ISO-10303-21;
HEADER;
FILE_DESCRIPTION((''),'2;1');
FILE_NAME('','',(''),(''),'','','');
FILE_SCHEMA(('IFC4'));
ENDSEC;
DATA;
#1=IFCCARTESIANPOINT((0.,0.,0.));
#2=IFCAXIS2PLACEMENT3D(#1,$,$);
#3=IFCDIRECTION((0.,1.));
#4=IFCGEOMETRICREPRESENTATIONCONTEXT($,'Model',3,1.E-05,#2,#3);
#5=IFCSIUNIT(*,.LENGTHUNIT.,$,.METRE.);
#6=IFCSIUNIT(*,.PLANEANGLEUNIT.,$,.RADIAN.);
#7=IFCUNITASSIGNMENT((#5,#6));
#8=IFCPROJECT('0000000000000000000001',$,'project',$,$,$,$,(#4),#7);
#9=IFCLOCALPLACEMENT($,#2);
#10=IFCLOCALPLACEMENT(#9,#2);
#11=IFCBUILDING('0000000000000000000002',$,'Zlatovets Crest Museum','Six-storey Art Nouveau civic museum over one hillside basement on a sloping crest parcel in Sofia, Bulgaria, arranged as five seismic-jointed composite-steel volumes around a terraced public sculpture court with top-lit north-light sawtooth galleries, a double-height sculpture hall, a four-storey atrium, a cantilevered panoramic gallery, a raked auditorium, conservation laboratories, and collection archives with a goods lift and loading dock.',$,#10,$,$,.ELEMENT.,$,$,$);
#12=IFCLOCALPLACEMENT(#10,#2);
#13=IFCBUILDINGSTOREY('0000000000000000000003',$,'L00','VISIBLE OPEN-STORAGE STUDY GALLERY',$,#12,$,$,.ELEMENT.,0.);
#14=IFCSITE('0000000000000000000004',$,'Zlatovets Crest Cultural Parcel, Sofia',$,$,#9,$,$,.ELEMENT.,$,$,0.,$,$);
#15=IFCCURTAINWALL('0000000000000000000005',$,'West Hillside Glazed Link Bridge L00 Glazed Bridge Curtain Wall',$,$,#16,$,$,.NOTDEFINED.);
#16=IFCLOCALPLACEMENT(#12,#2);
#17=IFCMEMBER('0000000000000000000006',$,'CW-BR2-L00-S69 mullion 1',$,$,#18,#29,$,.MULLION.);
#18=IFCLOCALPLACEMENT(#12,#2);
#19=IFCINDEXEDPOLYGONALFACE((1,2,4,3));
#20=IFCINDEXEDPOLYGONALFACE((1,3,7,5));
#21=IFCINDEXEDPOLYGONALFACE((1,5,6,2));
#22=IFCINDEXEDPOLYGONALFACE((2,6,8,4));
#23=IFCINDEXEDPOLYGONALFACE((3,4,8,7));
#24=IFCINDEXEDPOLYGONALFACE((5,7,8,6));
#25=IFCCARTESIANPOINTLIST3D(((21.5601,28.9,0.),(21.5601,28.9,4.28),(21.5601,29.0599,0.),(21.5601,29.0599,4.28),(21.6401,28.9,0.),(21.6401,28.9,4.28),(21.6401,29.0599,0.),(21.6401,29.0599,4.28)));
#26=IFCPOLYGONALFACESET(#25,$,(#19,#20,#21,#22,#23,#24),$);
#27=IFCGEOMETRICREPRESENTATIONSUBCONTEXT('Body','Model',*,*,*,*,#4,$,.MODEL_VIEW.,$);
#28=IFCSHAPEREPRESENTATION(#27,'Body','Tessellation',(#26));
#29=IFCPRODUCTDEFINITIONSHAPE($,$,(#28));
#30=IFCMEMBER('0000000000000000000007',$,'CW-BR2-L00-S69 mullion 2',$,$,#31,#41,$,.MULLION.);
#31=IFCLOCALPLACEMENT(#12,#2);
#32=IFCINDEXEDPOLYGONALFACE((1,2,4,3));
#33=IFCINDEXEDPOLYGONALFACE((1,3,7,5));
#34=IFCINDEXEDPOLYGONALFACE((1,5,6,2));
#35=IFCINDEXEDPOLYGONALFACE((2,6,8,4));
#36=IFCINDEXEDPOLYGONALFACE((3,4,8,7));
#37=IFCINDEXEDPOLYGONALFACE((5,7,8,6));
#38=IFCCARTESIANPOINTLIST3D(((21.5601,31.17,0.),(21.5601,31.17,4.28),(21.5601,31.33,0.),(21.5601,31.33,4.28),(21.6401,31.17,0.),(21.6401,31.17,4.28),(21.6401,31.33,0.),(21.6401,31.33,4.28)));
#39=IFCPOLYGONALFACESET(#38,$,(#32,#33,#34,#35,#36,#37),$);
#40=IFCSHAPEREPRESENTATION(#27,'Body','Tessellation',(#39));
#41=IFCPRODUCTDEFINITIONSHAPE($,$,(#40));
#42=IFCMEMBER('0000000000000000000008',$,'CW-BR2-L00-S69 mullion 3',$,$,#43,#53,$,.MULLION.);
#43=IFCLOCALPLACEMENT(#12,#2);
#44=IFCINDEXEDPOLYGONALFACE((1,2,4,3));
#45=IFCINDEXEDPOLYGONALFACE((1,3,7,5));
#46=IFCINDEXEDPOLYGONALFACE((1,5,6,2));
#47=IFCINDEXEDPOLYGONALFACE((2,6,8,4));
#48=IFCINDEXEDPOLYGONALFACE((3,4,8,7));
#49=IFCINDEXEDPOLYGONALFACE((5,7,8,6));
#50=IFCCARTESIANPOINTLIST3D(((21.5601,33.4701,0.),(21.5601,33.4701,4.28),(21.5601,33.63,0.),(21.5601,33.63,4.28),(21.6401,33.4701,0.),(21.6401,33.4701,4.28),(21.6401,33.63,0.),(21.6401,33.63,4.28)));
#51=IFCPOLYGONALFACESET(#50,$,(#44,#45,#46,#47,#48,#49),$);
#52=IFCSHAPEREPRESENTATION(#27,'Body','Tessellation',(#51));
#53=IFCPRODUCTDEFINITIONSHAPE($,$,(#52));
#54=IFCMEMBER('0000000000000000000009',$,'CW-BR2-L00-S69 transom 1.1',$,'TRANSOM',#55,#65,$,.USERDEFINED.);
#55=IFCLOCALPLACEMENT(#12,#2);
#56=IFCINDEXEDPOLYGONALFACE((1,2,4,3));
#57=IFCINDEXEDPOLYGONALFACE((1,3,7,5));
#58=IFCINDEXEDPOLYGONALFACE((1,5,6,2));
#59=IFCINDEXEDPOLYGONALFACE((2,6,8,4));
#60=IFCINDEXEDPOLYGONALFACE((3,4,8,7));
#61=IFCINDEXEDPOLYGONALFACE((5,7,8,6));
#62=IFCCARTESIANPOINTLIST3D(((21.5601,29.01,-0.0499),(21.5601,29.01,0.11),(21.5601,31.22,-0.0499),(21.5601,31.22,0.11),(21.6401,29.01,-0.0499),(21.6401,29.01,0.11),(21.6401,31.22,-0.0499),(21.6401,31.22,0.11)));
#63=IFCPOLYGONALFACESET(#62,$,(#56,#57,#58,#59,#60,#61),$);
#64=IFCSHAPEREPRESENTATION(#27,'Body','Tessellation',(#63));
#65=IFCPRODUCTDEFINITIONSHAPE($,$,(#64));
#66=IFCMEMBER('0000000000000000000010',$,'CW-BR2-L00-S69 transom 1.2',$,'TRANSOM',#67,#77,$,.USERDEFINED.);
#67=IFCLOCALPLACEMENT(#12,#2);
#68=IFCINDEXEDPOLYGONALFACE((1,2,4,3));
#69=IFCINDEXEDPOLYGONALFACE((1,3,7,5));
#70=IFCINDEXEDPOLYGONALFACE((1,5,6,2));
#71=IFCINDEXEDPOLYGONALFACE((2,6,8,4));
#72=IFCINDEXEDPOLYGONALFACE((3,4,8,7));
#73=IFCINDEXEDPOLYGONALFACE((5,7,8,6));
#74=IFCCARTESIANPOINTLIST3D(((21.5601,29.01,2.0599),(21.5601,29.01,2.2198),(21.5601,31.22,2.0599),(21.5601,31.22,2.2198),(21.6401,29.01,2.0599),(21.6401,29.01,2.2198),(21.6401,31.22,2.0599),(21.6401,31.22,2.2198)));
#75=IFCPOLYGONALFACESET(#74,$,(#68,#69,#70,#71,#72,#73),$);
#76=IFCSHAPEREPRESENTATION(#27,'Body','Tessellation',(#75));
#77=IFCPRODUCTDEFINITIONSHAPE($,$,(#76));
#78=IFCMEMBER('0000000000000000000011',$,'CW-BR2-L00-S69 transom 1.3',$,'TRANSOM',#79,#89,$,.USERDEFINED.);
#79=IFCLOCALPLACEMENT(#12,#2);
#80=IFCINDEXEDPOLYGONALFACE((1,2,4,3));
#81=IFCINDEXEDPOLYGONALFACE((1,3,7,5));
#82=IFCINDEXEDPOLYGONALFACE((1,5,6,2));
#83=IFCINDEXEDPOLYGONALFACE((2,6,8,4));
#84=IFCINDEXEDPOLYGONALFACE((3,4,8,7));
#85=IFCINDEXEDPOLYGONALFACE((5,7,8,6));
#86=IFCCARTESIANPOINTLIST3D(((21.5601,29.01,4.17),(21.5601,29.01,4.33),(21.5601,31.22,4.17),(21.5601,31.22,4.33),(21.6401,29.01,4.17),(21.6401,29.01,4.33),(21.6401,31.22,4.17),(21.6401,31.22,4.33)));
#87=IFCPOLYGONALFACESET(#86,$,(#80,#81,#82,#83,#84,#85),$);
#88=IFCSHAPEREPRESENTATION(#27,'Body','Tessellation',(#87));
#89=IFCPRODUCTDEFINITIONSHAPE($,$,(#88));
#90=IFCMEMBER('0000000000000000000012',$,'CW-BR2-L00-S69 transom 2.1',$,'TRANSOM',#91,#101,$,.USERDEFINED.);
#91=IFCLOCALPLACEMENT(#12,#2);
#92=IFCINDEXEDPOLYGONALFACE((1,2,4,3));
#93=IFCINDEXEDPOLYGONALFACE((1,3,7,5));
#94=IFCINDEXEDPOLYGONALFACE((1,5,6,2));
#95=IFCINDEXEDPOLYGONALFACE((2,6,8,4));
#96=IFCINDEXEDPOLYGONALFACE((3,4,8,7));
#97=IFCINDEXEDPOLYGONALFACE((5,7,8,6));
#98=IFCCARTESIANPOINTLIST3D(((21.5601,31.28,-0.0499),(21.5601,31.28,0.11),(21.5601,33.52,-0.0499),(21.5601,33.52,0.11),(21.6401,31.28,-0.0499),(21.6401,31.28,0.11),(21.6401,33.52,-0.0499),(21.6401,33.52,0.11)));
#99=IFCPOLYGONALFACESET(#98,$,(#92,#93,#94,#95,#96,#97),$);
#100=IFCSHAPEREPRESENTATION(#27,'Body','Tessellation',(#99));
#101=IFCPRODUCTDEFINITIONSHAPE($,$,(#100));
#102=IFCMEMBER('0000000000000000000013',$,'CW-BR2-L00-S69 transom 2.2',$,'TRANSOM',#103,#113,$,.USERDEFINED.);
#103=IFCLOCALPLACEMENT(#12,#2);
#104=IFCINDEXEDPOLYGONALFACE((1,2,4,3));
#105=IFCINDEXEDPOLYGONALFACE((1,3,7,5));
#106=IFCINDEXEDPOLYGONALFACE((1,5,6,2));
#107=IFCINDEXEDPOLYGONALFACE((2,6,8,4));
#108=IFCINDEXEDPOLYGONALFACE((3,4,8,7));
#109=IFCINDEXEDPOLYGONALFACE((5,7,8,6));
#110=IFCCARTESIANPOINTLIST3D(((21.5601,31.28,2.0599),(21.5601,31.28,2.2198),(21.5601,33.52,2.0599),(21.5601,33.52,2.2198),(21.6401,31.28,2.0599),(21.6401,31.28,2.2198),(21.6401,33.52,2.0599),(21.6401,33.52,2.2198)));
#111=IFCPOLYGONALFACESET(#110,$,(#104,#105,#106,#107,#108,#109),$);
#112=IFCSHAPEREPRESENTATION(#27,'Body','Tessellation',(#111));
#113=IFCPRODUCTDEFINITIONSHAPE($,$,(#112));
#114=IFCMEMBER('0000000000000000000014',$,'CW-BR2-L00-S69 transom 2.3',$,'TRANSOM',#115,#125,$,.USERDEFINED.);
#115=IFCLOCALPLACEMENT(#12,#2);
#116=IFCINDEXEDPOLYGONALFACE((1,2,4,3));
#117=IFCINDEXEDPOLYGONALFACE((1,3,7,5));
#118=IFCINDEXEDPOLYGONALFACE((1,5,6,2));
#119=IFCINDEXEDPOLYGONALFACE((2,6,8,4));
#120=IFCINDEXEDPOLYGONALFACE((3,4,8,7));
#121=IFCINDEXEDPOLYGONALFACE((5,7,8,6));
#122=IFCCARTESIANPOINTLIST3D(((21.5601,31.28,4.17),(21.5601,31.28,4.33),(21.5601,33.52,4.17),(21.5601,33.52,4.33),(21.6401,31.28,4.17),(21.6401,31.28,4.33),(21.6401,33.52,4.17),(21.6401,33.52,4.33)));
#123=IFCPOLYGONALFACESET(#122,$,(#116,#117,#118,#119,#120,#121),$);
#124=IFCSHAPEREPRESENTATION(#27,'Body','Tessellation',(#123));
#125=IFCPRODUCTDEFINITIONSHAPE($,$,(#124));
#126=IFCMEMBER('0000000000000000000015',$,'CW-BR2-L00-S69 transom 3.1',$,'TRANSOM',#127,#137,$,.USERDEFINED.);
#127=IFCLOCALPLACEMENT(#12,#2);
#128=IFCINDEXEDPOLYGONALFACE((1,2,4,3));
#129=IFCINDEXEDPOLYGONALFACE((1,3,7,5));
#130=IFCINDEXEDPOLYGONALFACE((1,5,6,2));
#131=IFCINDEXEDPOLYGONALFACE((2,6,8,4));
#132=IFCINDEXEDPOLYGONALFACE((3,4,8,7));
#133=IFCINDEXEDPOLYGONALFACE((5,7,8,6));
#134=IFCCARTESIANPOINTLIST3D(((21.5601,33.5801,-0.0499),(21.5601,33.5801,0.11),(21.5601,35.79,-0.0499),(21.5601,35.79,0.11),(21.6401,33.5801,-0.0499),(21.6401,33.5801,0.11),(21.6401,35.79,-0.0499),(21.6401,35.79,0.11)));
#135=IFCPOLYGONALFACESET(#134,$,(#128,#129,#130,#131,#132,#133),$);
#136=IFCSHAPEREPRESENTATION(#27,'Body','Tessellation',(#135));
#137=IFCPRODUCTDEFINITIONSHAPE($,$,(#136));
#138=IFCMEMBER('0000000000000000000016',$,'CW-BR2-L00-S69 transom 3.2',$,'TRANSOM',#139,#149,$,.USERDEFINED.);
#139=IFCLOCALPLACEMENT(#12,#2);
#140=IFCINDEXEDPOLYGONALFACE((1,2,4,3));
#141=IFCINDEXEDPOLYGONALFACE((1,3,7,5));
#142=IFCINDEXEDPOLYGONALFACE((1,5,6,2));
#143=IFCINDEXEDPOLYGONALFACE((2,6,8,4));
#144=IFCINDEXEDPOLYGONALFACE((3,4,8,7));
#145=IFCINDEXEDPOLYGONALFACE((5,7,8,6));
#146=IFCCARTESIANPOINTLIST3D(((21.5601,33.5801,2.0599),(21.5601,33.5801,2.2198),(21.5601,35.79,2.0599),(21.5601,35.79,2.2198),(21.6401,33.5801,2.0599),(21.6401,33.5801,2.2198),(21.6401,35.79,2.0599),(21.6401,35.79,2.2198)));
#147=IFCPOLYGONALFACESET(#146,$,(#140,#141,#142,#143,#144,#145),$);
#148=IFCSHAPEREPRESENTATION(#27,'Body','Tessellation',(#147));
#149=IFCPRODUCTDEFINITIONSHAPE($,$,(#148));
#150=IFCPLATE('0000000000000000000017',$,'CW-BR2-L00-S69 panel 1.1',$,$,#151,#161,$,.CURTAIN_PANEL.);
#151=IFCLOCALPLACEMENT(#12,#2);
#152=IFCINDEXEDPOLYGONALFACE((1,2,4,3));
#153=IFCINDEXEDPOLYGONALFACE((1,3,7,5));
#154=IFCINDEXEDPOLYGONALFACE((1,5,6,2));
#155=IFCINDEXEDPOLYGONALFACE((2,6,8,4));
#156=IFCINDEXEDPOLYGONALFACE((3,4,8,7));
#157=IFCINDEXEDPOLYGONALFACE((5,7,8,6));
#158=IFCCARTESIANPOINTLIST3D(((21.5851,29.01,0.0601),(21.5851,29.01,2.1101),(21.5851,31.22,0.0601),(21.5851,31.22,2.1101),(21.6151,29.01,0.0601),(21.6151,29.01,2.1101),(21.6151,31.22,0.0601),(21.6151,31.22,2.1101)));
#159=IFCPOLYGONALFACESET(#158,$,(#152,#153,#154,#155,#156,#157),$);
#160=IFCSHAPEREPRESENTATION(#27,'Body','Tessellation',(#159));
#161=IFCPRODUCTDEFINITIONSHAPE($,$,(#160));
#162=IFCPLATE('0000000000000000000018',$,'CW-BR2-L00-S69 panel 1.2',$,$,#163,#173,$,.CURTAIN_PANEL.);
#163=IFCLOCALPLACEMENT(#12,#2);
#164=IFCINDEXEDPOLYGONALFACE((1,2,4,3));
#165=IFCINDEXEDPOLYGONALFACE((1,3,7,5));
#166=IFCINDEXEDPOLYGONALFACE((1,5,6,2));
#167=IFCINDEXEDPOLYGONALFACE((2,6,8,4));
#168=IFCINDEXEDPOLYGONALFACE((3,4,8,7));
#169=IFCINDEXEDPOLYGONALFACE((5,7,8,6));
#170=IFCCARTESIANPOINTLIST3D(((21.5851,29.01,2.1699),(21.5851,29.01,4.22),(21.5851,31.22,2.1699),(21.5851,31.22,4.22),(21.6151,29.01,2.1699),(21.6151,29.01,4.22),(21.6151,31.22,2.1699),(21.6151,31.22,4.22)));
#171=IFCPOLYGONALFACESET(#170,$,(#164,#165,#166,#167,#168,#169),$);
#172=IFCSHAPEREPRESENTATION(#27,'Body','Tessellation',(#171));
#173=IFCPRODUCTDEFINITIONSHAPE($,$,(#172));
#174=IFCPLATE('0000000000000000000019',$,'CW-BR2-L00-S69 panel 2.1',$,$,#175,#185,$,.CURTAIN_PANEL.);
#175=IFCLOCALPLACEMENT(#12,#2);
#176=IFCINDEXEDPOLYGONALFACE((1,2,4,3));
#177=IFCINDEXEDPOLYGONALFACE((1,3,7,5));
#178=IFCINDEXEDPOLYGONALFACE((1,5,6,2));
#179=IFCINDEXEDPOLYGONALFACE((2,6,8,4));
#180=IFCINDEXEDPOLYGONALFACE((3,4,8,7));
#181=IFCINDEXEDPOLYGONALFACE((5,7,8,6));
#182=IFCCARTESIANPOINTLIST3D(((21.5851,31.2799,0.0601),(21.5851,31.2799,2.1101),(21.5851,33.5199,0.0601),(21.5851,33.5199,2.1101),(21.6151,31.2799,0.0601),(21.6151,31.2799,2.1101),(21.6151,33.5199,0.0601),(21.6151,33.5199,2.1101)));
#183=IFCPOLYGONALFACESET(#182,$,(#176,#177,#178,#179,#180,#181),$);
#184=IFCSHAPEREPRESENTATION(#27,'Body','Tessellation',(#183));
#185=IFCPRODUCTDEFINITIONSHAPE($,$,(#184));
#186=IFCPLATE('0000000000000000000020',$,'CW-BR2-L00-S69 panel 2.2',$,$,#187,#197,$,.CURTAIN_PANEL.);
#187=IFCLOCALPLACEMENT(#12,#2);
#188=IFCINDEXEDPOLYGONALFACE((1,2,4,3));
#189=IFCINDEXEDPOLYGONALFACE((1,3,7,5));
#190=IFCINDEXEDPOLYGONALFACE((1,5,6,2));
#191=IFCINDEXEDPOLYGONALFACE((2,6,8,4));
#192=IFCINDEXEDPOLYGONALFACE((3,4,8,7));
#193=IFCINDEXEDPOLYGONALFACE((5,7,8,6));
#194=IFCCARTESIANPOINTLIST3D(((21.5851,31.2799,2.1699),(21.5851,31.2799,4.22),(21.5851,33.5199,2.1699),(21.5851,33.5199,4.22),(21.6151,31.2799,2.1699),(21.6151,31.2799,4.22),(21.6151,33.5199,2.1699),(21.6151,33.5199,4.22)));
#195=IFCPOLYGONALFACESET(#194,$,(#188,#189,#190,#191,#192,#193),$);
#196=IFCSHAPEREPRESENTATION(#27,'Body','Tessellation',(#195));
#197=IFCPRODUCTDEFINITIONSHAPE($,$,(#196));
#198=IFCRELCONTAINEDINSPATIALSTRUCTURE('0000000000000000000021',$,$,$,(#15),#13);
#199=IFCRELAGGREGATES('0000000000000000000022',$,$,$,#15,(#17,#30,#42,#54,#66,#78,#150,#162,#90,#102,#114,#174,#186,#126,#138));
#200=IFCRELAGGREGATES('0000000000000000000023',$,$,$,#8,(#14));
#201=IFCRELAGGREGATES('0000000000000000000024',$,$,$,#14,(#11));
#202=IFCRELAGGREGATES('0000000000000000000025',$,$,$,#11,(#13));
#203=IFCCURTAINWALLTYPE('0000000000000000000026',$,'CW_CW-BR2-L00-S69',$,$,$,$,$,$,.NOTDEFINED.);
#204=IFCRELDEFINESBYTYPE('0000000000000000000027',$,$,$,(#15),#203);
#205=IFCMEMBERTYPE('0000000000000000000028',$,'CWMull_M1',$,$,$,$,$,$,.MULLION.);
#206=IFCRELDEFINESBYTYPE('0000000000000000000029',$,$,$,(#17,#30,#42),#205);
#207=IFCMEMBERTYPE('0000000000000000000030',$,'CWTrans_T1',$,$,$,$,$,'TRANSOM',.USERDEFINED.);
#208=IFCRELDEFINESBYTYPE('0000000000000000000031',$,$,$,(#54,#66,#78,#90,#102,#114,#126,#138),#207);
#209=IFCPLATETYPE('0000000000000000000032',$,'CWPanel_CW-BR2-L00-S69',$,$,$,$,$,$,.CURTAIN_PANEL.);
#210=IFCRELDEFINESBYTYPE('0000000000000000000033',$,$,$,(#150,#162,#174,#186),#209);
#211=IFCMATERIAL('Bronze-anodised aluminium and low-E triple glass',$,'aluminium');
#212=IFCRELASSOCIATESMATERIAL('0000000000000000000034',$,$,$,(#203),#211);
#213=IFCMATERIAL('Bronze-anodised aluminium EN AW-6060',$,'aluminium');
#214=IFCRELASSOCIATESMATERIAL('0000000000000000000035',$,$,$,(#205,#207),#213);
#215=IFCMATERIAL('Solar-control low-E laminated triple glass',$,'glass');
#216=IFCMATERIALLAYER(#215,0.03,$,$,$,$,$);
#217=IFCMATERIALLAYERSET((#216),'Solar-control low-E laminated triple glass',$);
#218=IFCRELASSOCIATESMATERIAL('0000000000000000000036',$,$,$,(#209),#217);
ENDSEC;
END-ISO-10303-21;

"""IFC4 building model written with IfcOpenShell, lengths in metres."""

from ifc_helpers import new_model, si_unit, direction, frame, origin, origin_2d, place, context, subcontext, project, spatial, rectangle, extrude, material, layer, layer_set, material_profile, profile_set, type_object, element, aggregate, save


model = new_model("IFC4")

# Units and contexts
model_context = context("Model", 3, precision=1e-05, world=origin(), true_north=direction((0.0, 1.0)))
body_context = subcontext(model_context, "Body", "Model", "MODEL_VIEW")
ifc_project = project(units=[si_unit("LENGTHUNIT", "METRE"), si_unit("PLANEANGLEUNIT", "RADIAN")], contexts=[model_context])

# Site, building, storey
site_placement = place(None, origin())
site = spatial("IfcSite", under=ifc_project, at=site_placement, Name="Zlatovets Crest Cultural Parcel, Sofia", CompositionType="ELEMENT", RefElevation=0.0)
building_placement = place(site_placement, origin())
building = spatial("IfcBuilding", under=site, at=building_placement, Name="Zlatovets Crest Museum", Description="Six-storey Art Nouveau civic museum over one hillside basement on a sloping crest parcel in Sofia, Bulgaria, arranged as five seismic-jointed composite-steel volumes around a terraced public sculpture court with top-lit north-light sawtooth galleries, a double-height sculpture hall, a four-storey atrium, a cantilevered panoramic gallery, a raked auditorium, conservation laboratories, and collection archives with a goods lift and loading dock.", CompositionType="ELEMENT")
storey_placement = place(building_placement, origin())
storey = spatial("IfcBuildingStorey", under=building, at=storey_placement, Name="L00", Description="VISIBLE OPEN-STORAGE STUDY GALLERY", CompositionType="ELEMENT", Elevation=0.0)

# Curtain wall, members, plates
ifc_material_1 = material(Name="Bronze-anodised aluminium and low-E triple glass", Category="aluminium")
curtain_wall_type = type_object("IfcCurtainWallType", Name="CW_CW-BR2-L00-S69", PredefinedType="NOTDEFINED", material=ifc_material_1)
curtain_wall_placement = place(storey_placement, origin())
curtain_wall = element("IfcCurtainWall", 1, at=curtain_wall_placement, inside=storey, type_object=curtain_wall_type, Name="West Hillside Glazed Link Bridge L00 Glazed Bridge Curtain Wall", PredefinedType="NOTDEFINED")
ifc_material_2 = material(Name="Bronze-anodised aluminium EN AW-6060", Category="aluminium")
ifc_material_profile_1 = material_profile(ifc_material_2, rectangle(XDim=0.0801, YDim=0.1599, at=origin_2d()), Name="ALU 80x160")
ifc_profile_set_1 = profile_set([ifc_material_profile_1], Name="Bronze-anodised aluminium EN AW-6060")
member_type_1 = type_object("IfcMemberType", Name="CWMull_M1", PredefinedType="MULLION", material=ifc_profile_set_1)
member_1_placement = place(storey_placement, frame((21.6001, 28.98, 0.0), z_axis=(0.0, 0.0, 1.0), x_axis=(-1.0, 0.0, 0.0)))
member_1 = element("IfcMember", 2, at=member_1_placement, type_object=member_type_1, Name="CW-BR2-L00-S69 mullion 1", PredefinedType="MULLION", context=body_context, shape_type="SweptSolid", body=[
    extrude(rectangle(XDim=0.0801, YDim=0.1599, at=origin_2d()), origin(), (0.0, 0.0, 1.0), 4.28),
])
member_2_placement = place(storey_placement, frame((21.6001, 31.25, 0.0), z_axis=(0.0, 0.0, 1.0), x_axis=(-1.0, 0.0, 0.0)))
member_2 = element("IfcMember", 3, at=member_2_placement, type_object=member_type_1, Name="CW-BR2-L00-S69 mullion 2", PredefinedType="MULLION", context=body_context, shape_type="SweptSolid", body=[
    extrude(rectangle(XDim=0.0801, YDim=0.1599, at=origin_2d()), origin(), (0.0, 0.0, 1.0), 4.28),
])
member_3_placement = place(storey_placement, frame((21.6001, 33.55, 0.0), z_axis=(0.0, 0.0, 1.0), x_axis=(-1.0, 0.0, 0.0)))
member_3 = element("IfcMember", 4, at=member_3_placement, type_object=member_type_1, Name="CW-BR2-L00-S69 mullion 3", PredefinedType="MULLION", context=body_context, shape_type="SweptSolid", body=[
    extrude(rectangle(XDim=0.0801, YDim=0.1599, at=origin_2d()), origin(), (0.0, 0.0, 1.0), 4.28),
])
ifc_material_profile_2 = material_profile(ifc_material_2, rectangle(XDim=0.0801, YDim=0.1599, at=origin_2d()), Name="ALU 80x160")
ifc_profile_set_2 = profile_set([ifc_material_profile_2], Name="Bronze-anodised aluminium EN AW-6060")
member_type_2 = type_object("IfcMemberType", Name="CWTrans_T1", ElementType="TRANSOM", PredefinedType="USERDEFINED", material=ifc_profile_set_2)
member_4_placement = place(storey_placement, frame((21.6001, 29.01, 0.03), z_axis=(0.0, 1.0, 0.0), x_axis=(-1.0, 0.0, 0.0)))
member_4 = element("IfcMember", 5, at=member_4_placement, type_object=member_type_2, Name="CW-BR2-L00-S69 transom 1.1", ObjectType="TRANSOM", PredefinedType="USERDEFINED", context=body_context, shape_type="SweptSolid", body=[
    extrude(rectangle(XDim=0.0801, YDim=0.1599, at=origin_2d()), origin(), (0.0, 0.0, 1.0), 2.21),
])
member_5_placement = place(storey_placement, frame((21.6001, 29.01, 2.1399), z_axis=(0.0, 1.0, 0.0), x_axis=(-1.0, 0.0, 0.0)))
member_5 = element("IfcMember", 6, at=member_5_placement, type_object=member_type_2, Name="CW-BR2-L00-S69 transom 1.2", ObjectType="TRANSOM", PredefinedType="USERDEFINED", context=body_context, shape_type="SweptSolid", body=[
    extrude(rectangle(XDim=0.0801, YDim=0.1599, at=origin_2d()), origin(), (0.0, 0.0, 1.0), 2.21),
])
member_6_placement = place(storey_placement, frame((21.6001, 29.01, 4.25), z_axis=(0.0, 1.0, 0.0), x_axis=(-1.0, 0.0, 0.0)))
member_6 = element("IfcMember", 7, at=member_6_placement, type_object=member_type_2, Name="CW-BR2-L00-S69 transom 1.3", ObjectType="TRANSOM", PredefinedType="USERDEFINED", context=body_context, shape_type="SweptSolid", body=[
    extrude(rectangle(XDim=0.0801, YDim=0.1599, at=origin_2d()), origin(), (0.0, 0.0, 1.0), 2.21),
])
member_7_placement = place(storey_placement, frame((21.6001, 31.28, 0.03), z_axis=(0.0, 1.0, 0.0), x_axis=(-1.0, 0.0, 0.0)))
member_7 = element("IfcMember", 8, at=member_7_placement, type_object=member_type_2, Name="CW-BR2-L00-S69 transom 2.1", ObjectType="TRANSOM", PredefinedType="USERDEFINED", context=body_context, shape_type="SweptSolid", body=[
    extrude(rectangle(XDim=0.0801, YDim=0.1599, at=origin_2d()), origin(), (0.0, 0.0, 1.0), 2.24),
])
member_8_placement = place(storey_placement, frame((21.6001, 31.28, 2.1399), z_axis=(0.0, 1.0, 0.0), x_axis=(-1.0, 0.0, 0.0)))
member_8 = element("IfcMember", 9, at=member_8_placement, type_object=member_type_2, Name="CW-BR2-L00-S69 transom 2.2", ObjectType="TRANSOM", PredefinedType="USERDEFINED", context=body_context, shape_type="SweptSolid", body=[
    extrude(rectangle(XDim=0.0801, YDim=0.1599, at=origin_2d()), origin(), (0.0, 0.0, 1.0), 2.24),
])
member_9_placement = place(storey_placement, frame((21.6001, 31.28, 4.25), z_axis=(0.0, 1.0, 0.0), x_axis=(-1.0, 0.0, 0.0)))
member_9 = element("IfcMember", 10, at=member_9_placement, type_object=member_type_2, Name="CW-BR2-L00-S69 transom 2.3", ObjectType="TRANSOM", PredefinedType="USERDEFINED", context=body_context, shape_type="SweptSolid", body=[
    extrude(rectangle(XDim=0.0801, YDim=0.1599, at=origin_2d()), origin(), (0.0, 0.0, 1.0), 2.24),
])
member_10_placement = place(storey_placement, frame((21.6001, 33.5801, 0.03), z_axis=(0.0, 1.0, 0.0), x_axis=(-1.0, 0.0, 0.0)))
member_10 = element("IfcMember", 11, at=member_10_placement, type_object=member_type_2, Name="CW-BR2-L00-S69 transom 3.1", ObjectType="TRANSOM", PredefinedType="USERDEFINED", context=body_context, shape_type="SweptSolid", body=[
    extrude(rectangle(XDim=0.0801, YDim=0.1599, at=origin_2d()), origin(), (0.0, 0.0, 1.0), 2.21),
])
member_11_placement = place(storey_placement, frame((21.6001, 33.5801, 2.1399), z_axis=(0.0, 1.0, 0.0), x_axis=(-1.0, 0.0, 0.0)))
member_11 = element("IfcMember", 12, at=member_11_placement, type_object=member_type_2, Name="CW-BR2-L00-S69 transom 3.2", ObjectType="TRANSOM", PredefinedType="USERDEFINED", context=body_context, shape_type="SweptSolid", body=[
    extrude(rectangle(XDim=0.0801, YDim=0.1599, at=origin_2d()), origin(), (0.0, 0.0, 1.0), 2.21),
])
ifc_material_3 = material(Name="Solar-control low-E laminated triple glass", Category="glass")
ifc_layer_1 = layer(ifc_material_3, 0.03)
ifc_layer_set_1 = layer_set([ifc_layer_1], Name="Solar-control low-E laminated triple glass")
plate_type = type_object("IfcPlateType", Name="CWPanel_CW-BR2-L00-S69", PredefinedType="CURTAIN_PANEL", material=ifc_layer_set_1)
plate_1_placement = place(storey_placement, frame((21.6001, 30.115, 0.0601), z_axis=(0.0, 0.0, 1.0), x_axis=(0.0, 1.0, 0.0)))
plate_1 = element("IfcPlate", 13, at=plate_1_placement, type_object=plate_type, Name="CW-BR2-L00-S69 panel 1.1", PredefinedType="CURTAIN_PANEL", context=body_context, shape_type="SweptSolid", body=[
    extrude(rectangle(XDim=2.21, YDim=0.03, at=origin_2d()), origin(), (0.0, 0.0, 1.0), 2.05),
])
plate_2_placement = place(storey_placement, frame((21.6001, 30.115, 2.1699), z_axis=(0.0, 0.0, 1.0), x_axis=(0.0, 1.0, 0.0)))
plate_2 = element("IfcPlate", 14, at=plate_2_placement, type_object=plate_type, Name="CW-BR2-L00-S69 panel 1.2", PredefinedType="CURTAIN_PANEL", context=body_context, shape_type="SweptSolid", body=[
    extrude(rectangle(XDim=2.21, YDim=0.03, at=origin_2d()), origin(), (0.0, 0.0, 1.0), 2.05),
])
plate_3_placement = place(storey_placement, frame((21.6001, 32.3999, 0.0601), z_axis=(0.0, 0.0, 1.0), x_axis=(0.0, 1.0, 0.0)))
plate_3 = element("IfcPlate", 15, at=plate_3_placement, type_object=plate_type, Name="CW-BR2-L00-S69 panel 2.1", PredefinedType="CURTAIN_PANEL", context=body_context, shape_type="SweptSolid", body=[
    extrude(rectangle(XDim=2.24, YDim=0.03, at=origin_2d()), origin(), (0.0, 0.0, 1.0), 2.05),
])
plate_4_placement = place(storey_placement, frame((21.6001, 32.3999, 2.1699), z_axis=(0.0, 0.0, 1.0), x_axis=(0.0, 1.0, 0.0)))
plate_4 = element("IfcPlate", 16, at=plate_4_placement, type_object=plate_type, Name="CW-BR2-L00-S69 panel 2.2", PredefinedType="CURTAIN_PANEL", context=body_context, shape_type="SweptSolid", body=[
    extrude(rectangle(XDim=2.24, YDim=0.03, at=origin_2d()), origin(), (0.0, 0.0, 1.0), 2.05),
])
aggregate(curtain_wall, [member_1, member_2, member_3, member_4, member_5, member_6, plate_1, plate_2, member_7, member_8, member_9, plate_3, plate_4, member_10, member_11])

save(model, "model.ifc")
